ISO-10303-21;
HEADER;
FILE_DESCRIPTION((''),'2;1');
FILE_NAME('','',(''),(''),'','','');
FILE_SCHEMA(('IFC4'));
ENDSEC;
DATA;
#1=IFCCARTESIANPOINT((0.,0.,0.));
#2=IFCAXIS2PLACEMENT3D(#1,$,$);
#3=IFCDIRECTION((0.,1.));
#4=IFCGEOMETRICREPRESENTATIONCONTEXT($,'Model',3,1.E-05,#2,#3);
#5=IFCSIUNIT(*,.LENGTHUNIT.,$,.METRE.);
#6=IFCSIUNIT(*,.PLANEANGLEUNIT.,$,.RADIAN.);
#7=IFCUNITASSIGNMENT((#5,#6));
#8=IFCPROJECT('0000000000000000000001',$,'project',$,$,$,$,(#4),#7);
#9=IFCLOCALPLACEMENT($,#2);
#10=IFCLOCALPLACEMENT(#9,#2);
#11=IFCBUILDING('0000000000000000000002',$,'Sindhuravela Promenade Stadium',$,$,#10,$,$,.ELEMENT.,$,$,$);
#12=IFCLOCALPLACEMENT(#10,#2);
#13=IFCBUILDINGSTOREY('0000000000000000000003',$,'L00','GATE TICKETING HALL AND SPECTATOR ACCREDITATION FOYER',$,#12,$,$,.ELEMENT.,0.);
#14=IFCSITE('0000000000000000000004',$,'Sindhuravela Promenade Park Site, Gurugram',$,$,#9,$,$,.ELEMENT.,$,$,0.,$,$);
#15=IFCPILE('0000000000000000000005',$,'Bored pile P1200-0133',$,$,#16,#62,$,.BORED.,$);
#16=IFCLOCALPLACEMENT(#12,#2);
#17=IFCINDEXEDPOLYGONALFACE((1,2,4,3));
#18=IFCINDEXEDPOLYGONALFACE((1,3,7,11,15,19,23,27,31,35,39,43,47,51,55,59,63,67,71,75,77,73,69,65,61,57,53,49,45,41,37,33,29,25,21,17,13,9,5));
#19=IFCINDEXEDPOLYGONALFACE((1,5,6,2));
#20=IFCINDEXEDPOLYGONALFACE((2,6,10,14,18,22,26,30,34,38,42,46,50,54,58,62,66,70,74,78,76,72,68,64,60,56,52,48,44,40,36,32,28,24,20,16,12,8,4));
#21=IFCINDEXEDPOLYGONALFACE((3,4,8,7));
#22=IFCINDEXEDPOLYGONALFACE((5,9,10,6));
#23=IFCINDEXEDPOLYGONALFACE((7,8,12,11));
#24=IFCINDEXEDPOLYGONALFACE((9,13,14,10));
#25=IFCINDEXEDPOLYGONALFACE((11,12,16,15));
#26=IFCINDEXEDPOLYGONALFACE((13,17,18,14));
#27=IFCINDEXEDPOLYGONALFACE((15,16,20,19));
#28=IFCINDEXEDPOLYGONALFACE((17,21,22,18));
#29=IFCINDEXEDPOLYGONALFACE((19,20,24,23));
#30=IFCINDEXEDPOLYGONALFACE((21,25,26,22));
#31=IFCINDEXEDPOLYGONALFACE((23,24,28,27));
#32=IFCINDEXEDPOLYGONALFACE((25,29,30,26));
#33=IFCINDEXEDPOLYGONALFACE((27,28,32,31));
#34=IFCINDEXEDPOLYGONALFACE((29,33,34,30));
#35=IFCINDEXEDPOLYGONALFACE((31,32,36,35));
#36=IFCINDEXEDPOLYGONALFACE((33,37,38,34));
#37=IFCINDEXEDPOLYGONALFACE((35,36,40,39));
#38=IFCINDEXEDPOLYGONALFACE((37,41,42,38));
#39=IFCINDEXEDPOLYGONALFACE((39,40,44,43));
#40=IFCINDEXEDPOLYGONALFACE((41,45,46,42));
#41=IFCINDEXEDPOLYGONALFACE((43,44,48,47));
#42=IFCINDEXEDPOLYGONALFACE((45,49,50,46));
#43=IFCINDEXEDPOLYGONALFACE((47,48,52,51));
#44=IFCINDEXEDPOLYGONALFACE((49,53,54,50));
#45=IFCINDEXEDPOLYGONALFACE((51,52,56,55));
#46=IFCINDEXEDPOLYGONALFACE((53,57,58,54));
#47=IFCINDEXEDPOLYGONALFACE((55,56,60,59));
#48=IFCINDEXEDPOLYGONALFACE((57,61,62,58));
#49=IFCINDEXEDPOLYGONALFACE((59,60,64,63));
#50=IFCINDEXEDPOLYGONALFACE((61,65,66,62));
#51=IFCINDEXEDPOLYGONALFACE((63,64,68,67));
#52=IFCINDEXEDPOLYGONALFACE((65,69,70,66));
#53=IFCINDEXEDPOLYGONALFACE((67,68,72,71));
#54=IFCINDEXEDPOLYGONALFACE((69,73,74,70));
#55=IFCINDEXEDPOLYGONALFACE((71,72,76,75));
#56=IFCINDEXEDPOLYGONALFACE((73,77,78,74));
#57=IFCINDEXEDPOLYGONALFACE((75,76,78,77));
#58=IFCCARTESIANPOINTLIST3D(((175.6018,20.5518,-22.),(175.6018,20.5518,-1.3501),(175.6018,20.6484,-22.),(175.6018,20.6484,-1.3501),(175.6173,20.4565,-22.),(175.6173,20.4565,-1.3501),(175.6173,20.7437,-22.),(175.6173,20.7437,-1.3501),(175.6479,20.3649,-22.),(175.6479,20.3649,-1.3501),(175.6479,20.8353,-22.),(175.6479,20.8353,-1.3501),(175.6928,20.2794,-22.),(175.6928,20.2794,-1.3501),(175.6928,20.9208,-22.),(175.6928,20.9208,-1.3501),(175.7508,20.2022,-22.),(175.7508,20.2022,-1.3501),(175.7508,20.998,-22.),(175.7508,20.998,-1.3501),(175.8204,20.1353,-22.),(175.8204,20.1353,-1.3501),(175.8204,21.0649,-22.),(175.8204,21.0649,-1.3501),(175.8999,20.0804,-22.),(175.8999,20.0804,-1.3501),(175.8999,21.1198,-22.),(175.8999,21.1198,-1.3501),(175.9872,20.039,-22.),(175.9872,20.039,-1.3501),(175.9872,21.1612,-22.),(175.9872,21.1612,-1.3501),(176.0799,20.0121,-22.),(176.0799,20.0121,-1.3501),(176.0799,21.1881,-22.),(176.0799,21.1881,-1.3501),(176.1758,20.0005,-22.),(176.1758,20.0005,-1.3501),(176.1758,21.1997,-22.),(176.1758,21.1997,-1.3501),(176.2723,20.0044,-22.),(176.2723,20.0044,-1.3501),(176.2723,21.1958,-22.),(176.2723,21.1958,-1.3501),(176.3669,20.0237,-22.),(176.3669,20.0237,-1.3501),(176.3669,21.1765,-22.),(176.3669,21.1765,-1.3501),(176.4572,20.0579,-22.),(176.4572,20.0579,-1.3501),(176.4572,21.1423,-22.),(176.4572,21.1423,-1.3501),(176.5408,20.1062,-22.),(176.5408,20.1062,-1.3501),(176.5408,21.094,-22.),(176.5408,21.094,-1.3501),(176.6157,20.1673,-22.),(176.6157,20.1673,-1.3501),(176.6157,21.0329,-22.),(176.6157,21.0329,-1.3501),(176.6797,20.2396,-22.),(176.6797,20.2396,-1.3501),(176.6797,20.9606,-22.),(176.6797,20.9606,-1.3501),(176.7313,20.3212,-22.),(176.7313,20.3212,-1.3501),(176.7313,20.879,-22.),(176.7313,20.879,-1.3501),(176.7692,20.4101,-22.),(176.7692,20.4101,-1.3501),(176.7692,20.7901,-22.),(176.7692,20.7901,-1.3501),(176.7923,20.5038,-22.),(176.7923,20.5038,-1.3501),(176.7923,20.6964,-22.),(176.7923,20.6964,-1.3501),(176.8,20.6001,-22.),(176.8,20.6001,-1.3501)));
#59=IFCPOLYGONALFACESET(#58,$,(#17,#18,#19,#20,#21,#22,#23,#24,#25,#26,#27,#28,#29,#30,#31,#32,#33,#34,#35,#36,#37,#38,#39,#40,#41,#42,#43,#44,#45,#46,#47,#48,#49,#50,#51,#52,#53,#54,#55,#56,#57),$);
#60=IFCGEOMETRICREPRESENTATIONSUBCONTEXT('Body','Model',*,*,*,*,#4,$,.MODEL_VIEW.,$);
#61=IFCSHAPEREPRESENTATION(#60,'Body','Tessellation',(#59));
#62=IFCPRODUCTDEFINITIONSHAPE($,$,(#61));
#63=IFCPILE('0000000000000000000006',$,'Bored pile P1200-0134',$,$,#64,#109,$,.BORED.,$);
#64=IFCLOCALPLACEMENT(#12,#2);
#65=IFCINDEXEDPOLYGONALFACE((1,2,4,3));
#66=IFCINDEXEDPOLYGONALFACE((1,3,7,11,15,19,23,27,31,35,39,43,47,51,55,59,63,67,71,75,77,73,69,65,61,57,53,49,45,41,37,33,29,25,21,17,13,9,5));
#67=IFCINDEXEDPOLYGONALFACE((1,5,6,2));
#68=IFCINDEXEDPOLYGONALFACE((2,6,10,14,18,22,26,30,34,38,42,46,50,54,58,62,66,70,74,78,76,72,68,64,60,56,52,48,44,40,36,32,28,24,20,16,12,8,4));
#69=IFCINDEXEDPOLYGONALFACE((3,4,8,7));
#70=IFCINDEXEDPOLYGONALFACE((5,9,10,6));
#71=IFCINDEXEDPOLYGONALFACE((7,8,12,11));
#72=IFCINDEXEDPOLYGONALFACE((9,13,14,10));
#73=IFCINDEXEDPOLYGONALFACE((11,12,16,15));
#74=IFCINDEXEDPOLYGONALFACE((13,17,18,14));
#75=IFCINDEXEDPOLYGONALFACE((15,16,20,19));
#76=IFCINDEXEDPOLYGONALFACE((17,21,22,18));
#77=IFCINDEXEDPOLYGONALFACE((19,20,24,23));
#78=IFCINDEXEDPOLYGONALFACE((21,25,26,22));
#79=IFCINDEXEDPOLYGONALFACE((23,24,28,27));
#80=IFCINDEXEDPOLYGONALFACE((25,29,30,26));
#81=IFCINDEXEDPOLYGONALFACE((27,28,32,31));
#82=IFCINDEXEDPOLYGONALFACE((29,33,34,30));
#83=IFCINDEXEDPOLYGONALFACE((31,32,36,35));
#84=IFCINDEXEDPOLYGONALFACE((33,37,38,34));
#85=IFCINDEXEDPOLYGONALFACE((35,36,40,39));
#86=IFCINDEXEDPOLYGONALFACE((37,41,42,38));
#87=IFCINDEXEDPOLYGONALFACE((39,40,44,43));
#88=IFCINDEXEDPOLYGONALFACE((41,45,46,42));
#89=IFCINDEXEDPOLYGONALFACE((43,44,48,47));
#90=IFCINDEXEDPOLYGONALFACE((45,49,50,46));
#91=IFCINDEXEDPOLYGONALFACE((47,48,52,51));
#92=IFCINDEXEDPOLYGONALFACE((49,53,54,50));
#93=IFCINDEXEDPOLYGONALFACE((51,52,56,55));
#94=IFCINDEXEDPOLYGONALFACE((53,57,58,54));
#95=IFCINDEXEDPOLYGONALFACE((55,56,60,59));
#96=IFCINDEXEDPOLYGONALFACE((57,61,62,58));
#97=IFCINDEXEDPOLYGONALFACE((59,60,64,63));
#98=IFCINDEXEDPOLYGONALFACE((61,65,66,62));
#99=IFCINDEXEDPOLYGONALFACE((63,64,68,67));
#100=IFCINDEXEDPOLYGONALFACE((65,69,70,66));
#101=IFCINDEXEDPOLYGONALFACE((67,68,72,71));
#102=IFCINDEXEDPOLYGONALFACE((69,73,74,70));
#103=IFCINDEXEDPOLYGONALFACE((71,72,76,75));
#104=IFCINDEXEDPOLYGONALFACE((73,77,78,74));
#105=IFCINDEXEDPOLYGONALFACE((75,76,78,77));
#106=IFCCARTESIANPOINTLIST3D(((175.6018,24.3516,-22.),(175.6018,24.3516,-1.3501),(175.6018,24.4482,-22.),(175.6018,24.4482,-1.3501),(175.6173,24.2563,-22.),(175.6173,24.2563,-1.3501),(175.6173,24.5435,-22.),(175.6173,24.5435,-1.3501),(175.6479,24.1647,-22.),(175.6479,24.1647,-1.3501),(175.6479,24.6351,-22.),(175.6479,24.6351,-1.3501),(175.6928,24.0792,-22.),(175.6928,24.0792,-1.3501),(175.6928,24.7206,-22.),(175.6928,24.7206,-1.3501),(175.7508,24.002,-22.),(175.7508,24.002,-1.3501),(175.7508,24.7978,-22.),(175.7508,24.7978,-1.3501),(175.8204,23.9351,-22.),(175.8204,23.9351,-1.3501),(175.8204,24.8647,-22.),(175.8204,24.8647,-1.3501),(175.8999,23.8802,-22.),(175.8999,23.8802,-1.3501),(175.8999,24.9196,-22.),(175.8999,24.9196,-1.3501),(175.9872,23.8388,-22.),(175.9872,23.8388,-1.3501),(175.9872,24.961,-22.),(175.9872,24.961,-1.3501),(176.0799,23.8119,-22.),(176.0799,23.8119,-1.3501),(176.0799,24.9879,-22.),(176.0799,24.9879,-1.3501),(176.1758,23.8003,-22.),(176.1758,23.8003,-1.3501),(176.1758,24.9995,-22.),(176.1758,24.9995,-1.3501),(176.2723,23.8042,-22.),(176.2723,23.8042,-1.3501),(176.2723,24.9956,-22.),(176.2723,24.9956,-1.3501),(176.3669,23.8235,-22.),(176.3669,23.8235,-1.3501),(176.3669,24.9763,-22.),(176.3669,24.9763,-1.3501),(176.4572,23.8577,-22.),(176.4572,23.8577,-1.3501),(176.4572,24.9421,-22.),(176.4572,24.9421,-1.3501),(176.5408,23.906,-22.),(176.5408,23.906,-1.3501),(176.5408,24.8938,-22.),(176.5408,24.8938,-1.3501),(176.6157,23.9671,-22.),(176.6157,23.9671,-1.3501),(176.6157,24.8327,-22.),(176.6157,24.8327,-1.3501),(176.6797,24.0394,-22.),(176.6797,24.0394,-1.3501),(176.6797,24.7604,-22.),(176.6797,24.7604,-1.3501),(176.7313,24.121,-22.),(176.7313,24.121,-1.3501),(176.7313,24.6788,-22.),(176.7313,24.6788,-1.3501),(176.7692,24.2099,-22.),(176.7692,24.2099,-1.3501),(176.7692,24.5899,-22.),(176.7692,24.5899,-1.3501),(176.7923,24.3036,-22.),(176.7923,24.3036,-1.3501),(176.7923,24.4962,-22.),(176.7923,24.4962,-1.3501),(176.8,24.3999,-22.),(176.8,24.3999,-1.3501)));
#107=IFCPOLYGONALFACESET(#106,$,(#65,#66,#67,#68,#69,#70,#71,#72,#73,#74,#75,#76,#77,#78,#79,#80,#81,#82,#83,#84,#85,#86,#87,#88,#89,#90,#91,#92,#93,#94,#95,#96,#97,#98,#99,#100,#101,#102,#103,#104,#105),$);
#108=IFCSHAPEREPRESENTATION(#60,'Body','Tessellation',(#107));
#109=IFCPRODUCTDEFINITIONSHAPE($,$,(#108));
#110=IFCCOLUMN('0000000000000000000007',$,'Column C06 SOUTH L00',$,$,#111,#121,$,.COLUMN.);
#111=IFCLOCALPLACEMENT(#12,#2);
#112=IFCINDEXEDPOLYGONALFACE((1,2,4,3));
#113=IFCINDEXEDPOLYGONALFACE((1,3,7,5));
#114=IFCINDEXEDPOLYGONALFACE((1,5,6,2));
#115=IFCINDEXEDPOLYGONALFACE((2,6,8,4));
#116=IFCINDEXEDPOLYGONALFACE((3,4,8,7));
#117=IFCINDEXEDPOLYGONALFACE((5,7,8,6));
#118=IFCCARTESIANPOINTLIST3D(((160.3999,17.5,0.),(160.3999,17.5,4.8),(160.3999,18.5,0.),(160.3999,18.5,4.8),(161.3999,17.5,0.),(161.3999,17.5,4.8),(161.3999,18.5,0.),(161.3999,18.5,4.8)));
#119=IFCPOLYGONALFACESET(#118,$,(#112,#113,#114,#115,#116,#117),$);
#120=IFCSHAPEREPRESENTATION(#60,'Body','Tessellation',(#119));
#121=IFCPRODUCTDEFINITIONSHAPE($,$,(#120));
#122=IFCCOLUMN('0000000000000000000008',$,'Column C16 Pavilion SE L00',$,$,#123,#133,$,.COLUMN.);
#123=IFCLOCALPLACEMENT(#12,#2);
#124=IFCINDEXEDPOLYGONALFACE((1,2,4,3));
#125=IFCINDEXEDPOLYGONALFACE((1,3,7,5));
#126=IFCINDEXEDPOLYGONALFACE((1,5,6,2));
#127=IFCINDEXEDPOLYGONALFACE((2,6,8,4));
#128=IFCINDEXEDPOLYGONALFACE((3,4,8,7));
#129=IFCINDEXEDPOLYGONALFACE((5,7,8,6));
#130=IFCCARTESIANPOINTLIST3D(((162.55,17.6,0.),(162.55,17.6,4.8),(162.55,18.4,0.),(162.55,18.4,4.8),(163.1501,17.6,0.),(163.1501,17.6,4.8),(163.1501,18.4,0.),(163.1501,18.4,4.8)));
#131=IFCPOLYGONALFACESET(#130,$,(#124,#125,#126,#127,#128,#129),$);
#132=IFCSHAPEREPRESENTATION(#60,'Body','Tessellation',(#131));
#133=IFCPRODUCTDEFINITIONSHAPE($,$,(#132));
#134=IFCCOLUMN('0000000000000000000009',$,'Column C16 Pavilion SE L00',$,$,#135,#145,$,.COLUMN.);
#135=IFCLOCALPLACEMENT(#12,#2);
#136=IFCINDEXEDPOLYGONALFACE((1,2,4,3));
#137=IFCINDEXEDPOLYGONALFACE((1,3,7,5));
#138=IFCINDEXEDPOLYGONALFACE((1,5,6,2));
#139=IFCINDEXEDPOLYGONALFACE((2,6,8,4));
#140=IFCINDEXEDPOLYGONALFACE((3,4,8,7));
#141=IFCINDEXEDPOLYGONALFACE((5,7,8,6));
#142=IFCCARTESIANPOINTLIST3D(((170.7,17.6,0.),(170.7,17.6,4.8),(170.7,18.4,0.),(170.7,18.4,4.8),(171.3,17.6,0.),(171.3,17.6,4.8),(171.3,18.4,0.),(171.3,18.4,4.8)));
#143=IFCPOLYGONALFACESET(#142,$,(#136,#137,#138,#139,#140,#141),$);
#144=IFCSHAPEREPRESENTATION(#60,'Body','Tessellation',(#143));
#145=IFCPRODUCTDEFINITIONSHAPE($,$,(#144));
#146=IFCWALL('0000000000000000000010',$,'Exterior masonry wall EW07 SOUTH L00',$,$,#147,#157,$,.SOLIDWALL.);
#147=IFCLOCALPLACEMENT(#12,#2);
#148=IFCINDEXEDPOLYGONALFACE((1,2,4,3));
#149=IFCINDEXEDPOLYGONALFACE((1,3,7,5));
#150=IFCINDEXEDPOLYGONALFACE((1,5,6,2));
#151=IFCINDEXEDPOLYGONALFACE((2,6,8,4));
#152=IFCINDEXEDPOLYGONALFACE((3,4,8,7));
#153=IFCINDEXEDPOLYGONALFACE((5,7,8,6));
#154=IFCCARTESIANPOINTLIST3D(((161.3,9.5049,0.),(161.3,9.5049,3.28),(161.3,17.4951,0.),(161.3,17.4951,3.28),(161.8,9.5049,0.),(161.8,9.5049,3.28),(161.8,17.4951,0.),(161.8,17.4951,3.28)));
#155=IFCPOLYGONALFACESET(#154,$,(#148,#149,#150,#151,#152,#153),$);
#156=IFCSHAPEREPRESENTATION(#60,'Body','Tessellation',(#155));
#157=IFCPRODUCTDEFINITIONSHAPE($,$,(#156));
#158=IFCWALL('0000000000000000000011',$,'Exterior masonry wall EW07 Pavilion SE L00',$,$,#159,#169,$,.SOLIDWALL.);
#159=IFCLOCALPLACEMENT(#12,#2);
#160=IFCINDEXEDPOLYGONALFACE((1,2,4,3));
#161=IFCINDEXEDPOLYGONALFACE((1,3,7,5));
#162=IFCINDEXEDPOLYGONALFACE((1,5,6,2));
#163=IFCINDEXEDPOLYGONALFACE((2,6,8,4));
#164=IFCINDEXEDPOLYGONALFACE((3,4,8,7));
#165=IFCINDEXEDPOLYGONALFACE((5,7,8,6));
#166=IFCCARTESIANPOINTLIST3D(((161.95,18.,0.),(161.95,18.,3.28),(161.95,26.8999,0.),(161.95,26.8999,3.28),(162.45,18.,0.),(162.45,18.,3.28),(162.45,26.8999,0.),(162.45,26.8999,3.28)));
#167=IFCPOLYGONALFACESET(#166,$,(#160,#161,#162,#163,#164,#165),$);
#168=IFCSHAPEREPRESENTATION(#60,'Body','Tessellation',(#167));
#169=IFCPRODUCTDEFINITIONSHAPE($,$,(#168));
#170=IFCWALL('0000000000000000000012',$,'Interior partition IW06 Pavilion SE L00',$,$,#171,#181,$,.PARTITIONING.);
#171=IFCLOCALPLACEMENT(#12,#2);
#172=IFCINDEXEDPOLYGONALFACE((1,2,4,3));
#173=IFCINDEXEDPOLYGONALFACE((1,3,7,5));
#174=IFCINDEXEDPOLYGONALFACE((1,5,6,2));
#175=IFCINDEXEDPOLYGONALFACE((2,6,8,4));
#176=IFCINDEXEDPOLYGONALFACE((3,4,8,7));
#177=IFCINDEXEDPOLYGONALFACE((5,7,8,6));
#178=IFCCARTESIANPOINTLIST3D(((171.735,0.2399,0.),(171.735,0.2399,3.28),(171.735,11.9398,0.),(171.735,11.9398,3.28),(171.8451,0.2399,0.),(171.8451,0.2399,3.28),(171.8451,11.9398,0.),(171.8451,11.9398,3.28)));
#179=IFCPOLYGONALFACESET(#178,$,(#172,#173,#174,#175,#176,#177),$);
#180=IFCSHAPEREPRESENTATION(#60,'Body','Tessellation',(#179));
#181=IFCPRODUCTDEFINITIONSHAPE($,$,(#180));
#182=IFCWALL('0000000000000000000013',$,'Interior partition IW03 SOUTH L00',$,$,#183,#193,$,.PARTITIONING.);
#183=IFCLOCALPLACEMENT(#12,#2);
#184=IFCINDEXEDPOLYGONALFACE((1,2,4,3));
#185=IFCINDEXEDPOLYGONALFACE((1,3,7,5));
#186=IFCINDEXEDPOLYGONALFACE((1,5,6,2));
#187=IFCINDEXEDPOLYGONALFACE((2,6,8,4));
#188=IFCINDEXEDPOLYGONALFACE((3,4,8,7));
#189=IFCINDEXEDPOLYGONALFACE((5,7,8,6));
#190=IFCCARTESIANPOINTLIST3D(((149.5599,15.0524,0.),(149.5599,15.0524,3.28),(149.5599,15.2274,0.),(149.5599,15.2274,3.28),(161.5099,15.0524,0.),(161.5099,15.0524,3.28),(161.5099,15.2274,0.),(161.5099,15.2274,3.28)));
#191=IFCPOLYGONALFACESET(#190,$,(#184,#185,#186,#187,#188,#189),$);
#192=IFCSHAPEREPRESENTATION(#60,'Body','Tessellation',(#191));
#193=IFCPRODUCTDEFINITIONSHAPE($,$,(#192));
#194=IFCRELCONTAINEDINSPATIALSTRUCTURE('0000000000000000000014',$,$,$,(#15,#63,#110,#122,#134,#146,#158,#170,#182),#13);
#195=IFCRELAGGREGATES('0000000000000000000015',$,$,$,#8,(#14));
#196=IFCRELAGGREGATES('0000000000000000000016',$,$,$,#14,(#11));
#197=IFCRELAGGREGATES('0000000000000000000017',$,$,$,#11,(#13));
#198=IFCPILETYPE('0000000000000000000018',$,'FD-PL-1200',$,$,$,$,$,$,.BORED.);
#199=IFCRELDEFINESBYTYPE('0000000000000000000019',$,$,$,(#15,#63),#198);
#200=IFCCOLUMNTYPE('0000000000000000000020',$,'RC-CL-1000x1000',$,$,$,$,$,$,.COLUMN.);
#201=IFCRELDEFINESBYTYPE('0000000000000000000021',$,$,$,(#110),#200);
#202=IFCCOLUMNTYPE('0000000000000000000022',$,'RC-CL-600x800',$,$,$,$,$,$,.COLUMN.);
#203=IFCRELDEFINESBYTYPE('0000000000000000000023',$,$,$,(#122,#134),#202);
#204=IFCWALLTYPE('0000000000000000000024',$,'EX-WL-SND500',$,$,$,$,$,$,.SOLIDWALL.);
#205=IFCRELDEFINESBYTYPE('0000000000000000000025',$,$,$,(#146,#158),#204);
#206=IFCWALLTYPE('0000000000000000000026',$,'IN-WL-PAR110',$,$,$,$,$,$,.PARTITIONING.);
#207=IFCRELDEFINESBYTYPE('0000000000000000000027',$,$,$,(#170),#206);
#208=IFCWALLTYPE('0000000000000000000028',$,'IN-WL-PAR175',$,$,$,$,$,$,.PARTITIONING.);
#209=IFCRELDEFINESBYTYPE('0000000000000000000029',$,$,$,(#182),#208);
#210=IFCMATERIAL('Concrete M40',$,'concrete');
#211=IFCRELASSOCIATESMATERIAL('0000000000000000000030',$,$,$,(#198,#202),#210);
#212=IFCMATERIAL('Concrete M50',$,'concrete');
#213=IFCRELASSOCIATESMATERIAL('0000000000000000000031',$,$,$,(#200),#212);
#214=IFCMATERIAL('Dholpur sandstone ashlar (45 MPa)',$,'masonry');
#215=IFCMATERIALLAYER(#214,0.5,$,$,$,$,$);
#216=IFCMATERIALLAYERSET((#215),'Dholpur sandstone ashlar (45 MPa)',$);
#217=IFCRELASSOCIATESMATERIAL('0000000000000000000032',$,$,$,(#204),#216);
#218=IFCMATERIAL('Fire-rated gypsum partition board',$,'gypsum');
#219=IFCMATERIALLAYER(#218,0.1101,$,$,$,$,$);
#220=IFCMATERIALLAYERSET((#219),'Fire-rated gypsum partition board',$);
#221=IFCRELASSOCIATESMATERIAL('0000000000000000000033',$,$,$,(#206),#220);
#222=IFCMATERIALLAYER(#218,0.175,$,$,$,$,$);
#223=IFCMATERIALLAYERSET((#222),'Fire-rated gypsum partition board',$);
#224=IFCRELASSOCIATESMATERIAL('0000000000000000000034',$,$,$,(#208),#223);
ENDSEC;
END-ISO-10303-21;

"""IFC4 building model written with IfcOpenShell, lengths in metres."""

from ifc_helpers import new_model, si_unit, direction, frame, frame_2d, origin, origin_2d, place, context, subcontext, project, spatial, rectangle, circle, extrude, material, layer, layer_set, material_profile, profile_set, type_object, element, save


model = new_model("IFC4")

# Units and contexts
model_context = context("Model", 3, precision=1e-05, world=origin(), true_north=direction((0.0, 1.0)))
body_context = subcontext(model_context, "Body", "Model", "MODEL_VIEW")
ifc_project = project(units=[si_unit("LENGTHUNIT", "METRE"), si_unit("PLANEANGLEUNIT", "RADIAN")], contexts=[model_context])

# Site, building, storey
site_placement = place(None, origin())
site = spatial("IfcSite", under=ifc_project, at=site_placement, Name="Sindhuravela Promenade Park Site, Gurugram", CompositionType="ELEMENT", RefElevation=0.0)
building_placement = place(site_placement, origin())
building = spatial("IfcBuilding", under=site, at=building_placement, Name="Sindhuravela Promenade Stadium", CompositionType="ELEMENT")
storey_placement = place(building_placement, origin())
storey = spatial("IfcBuildingStorey", under=building, at=storey_placement, Name="L00", Description="GATE TICKETING HALL AND SPECTATOR ACCREDITATION FOYER", CompositionType="ELEMENT", Elevation=0.0)

# Shared definitions
ifc_material_1 = material(Name="Concrete M50", Category="concrete")

# Piles
ifc_material_2 = material(Name="Concrete M40", Category="concrete")
ifc_material_profile_1 = material_profile(ifc_material_2, circle(Radius=0.6001, at=origin_2d()), Name="BORED PILE D1200")
ifc_profile_set_1 = profile_set([ifc_material_profile_1], Name="Concrete M40")
pile_type_1 = type_object("IfcPileType", Name="FD-PL-1200", PredefinedType="BORED", material=ifc_profile_set_1)
for number, where, z_axis, x_axis, name in (
    (1, (176.2, 20.6001, -1.3501), (0.0, 0.0, -1.0), (1.0, 0.0, 0.0), "Bored pile P1200-0133"),
    (2, (176.2, 24.3999, -1.3501), (0.0, 0.0, -1.0), (1.0, 0.0, 0.0), "Bored pile P1200-0134"),
):
    element("IfcPile", number, at=place(storey_placement, frame(where, z_axis=z_axis, x_axis=x_axis)), inside=storey, type_object=pile_type_1, Name=name, PredefinedType="BORED", context=body_context, shape_type="SweptSolid", body=[
        extrude(circle(Radius=0.6001, at=origin_2d()), origin(), (0.0, 0.0, 1.0), 20.6499),
    ])

# Columns
ifc_material_profile_2 = material_profile(ifc_material_1, rectangle(XDim=1.0, YDim=1.0, at=origin_2d()), Name="RC 1000x1000")
ifc_profile_set_2 = profile_set([ifc_material_profile_2], Name="Concrete M50")
column_type_1 = type_object("IfcColumnType", Name="RC-CL-1000x1000", PredefinedType="COLUMN", material=ifc_profile_set_2)
column_placement = place(storey_placement, frame((160.8999, 18.0, 0.0), z_axis=(0.0, 0.0, 1.0), x_axis=(1.0, 0.0, 0.0)))
element("IfcColumn", 3, at=column_placement, inside=storey, type_object=column_type_1, Name="Column C06 SOUTH L00", PredefinedType="COLUMN", context=body_context, shape_type="SweptSolid", body=[
    extrude(rectangle(XDim=1.0, YDim=1.0, at=origin_2d()), origin(), (0.0, 0.0, 1.0), 4.8),
])
ifc_material_profile_3 = material_profile(ifc_material_2, rectangle(XDim=0.6001, YDim=0.8, at=origin_2d()), Name="RC 600x800")
ifc_profile_set_3 = profile_set([ifc_material_profile_3], Name="Concrete M40")
column_type_2 = type_object("IfcColumnType", Name="RC-CL-600x800", PredefinedType="COLUMN", material=ifc_profile_set_3)
for number, where, z_axis, x_axis, name in (
    (4, (162.8501, 18.0, 0.0), (0.0, 0.0, 1.0), (1.0, 0.0, 0.0), "Column C16 Pavilion SE L00"),
    (5, (171.0, 18.0, 0.0), (0.0, 0.0, 1.0), (1.0, 0.0, 0.0), "Column C16 Pavilion SE L00"),
):
    element("IfcColumn", number, at=place(storey_placement, frame(where, z_axis=z_axis, x_axis=x_axis)), inside=storey, type_object=column_type_2, Name=name, PredefinedType="COLUMN", context=body_context, shape_type="SweptSolid", body=[
        extrude(rectangle(XDim=0.6001, YDim=0.8, at=origin_2d()), origin(), (0.0, 0.0, 1.0), 4.8),
    ])

# Walls
ifc_material_3 = material(Name="Dholpur sandstone ashlar (45 MPa)", Category="masonry")
ifc_layer_1 = layer(ifc_material_3, 0.5)
ifc_layer_set_1 = layer_set([ifc_layer_1], Name="Dholpur sandstone ashlar (45 MPa)")
wall_type_1 = type_object("IfcWallType", Name="EX-WL-SND500", PredefinedType="SOLIDWALL", material=ifc_layer_set_1)
wall_1_placement = place(storey_placement, frame((161.55, 17.4951, 0.0), z_axis=(0.0, 0.0, 1.0), x_axis=(0.0, -1.0, 0.0)))
element("IfcWall", 6, at=wall_1_placement, inside=storey, type_object=wall_type_1, Name="Exterior masonry wall EW07 SOUTH L00", PredefinedType="SOLIDWALL", context=body_context, shape_type="SweptSolid", body=[
    extrude(rectangle(XDim=7.9902, YDim=0.5, at=frame_2d((3.9951, 0.0))), origin(), (0.0, 0.0, 1.0), 3.28),
])
wall_2_placement = place(storey_placement, frame((162.2, 18.0, 0.0), z_axis=(0.0, 0.0, 1.0), x_axis=(0.0, 1.0, 0.0)))
element("IfcWall", 7, at=wall_2_placement, inside=storey, type_object=wall_type_1, Name="Exterior masonry wall EW07 Pavilion SE L00", PredefinedType="SOLIDWALL", context=body_context, shape_type="SweptSolid", body=[
    extrude(rectangle(XDim=8.8999, YDim=0.5, at=frame_2d((4.45, 0.0))), origin(), (0.0, 0.0, 1.0), 3.28),
])
ifc_material_4 = material(Name="Fire-rated gypsum partition board", Category="gypsum")
ifc_layer_2 = layer(ifc_material_4, 0.1101)
ifc_layer_set_2 = layer_set([ifc_layer_2], Name="Fire-rated gypsum partition board")
wall_type_2 = type_object("IfcWallType", Name="IN-WL-PAR110", PredefinedType="PARTITIONING", material=ifc_layer_set_2)
wall_3_placement = place(storey_placement, frame((171.79, 11.9399, 0.0), z_axis=(0.0, 0.0, 1.0), x_axis=(0.0, -1.0, 0.0)))
element("IfcWall", 8, at=wall_3_placement, inside=storey, type_object=wall_type_2, Name="Interior partition IW06 Pavilion SE L00", PredefinedType="PARTITIONING", context=body_context, shape_type="SweptSolid", body=[
    extrude(rectangle(XDim=11.7, YDim=0.1101, at=frame_2d((5.8501, 0.0))), origin(), (0.0, 0.0, 1.0), 3.28),
])
ifc_layer_3 = layer(ifc_material_4, 0.175)
ifc_layer_set_3 = layer_set([ifc_layer_3], Name="Fire-rated gypsum partition board")
wall_type_3 = type_object("IfcWallType", Name="IN-WL-PAR175", PredefinedType="PARTITIONING", material=ifc_layer_set_3)
wall_4_placement = place(storey_placement, frame((161.51, 15.1399, 0.0), z_axis=(0.0, 0.0, 1.0), x_axis=(-1.0, 0.0, 0.0)))
element("IfcWall", 9, at=wall_4_placement, inside=storey, type_object=wall_type_3, Name="Interior partition IW03 SOUTH L00", PredefinedType="PARTITIONING", context=body_context, shape_type="SweptSolid", body=[
    extrude(rectangle(XDim=11.95, YDim=0.175, at=frame_2d((5.9751, 0.0))), origin(), (0.0, 0.0, 1.0), 3.28),
])

save(model, "model.ifc")
